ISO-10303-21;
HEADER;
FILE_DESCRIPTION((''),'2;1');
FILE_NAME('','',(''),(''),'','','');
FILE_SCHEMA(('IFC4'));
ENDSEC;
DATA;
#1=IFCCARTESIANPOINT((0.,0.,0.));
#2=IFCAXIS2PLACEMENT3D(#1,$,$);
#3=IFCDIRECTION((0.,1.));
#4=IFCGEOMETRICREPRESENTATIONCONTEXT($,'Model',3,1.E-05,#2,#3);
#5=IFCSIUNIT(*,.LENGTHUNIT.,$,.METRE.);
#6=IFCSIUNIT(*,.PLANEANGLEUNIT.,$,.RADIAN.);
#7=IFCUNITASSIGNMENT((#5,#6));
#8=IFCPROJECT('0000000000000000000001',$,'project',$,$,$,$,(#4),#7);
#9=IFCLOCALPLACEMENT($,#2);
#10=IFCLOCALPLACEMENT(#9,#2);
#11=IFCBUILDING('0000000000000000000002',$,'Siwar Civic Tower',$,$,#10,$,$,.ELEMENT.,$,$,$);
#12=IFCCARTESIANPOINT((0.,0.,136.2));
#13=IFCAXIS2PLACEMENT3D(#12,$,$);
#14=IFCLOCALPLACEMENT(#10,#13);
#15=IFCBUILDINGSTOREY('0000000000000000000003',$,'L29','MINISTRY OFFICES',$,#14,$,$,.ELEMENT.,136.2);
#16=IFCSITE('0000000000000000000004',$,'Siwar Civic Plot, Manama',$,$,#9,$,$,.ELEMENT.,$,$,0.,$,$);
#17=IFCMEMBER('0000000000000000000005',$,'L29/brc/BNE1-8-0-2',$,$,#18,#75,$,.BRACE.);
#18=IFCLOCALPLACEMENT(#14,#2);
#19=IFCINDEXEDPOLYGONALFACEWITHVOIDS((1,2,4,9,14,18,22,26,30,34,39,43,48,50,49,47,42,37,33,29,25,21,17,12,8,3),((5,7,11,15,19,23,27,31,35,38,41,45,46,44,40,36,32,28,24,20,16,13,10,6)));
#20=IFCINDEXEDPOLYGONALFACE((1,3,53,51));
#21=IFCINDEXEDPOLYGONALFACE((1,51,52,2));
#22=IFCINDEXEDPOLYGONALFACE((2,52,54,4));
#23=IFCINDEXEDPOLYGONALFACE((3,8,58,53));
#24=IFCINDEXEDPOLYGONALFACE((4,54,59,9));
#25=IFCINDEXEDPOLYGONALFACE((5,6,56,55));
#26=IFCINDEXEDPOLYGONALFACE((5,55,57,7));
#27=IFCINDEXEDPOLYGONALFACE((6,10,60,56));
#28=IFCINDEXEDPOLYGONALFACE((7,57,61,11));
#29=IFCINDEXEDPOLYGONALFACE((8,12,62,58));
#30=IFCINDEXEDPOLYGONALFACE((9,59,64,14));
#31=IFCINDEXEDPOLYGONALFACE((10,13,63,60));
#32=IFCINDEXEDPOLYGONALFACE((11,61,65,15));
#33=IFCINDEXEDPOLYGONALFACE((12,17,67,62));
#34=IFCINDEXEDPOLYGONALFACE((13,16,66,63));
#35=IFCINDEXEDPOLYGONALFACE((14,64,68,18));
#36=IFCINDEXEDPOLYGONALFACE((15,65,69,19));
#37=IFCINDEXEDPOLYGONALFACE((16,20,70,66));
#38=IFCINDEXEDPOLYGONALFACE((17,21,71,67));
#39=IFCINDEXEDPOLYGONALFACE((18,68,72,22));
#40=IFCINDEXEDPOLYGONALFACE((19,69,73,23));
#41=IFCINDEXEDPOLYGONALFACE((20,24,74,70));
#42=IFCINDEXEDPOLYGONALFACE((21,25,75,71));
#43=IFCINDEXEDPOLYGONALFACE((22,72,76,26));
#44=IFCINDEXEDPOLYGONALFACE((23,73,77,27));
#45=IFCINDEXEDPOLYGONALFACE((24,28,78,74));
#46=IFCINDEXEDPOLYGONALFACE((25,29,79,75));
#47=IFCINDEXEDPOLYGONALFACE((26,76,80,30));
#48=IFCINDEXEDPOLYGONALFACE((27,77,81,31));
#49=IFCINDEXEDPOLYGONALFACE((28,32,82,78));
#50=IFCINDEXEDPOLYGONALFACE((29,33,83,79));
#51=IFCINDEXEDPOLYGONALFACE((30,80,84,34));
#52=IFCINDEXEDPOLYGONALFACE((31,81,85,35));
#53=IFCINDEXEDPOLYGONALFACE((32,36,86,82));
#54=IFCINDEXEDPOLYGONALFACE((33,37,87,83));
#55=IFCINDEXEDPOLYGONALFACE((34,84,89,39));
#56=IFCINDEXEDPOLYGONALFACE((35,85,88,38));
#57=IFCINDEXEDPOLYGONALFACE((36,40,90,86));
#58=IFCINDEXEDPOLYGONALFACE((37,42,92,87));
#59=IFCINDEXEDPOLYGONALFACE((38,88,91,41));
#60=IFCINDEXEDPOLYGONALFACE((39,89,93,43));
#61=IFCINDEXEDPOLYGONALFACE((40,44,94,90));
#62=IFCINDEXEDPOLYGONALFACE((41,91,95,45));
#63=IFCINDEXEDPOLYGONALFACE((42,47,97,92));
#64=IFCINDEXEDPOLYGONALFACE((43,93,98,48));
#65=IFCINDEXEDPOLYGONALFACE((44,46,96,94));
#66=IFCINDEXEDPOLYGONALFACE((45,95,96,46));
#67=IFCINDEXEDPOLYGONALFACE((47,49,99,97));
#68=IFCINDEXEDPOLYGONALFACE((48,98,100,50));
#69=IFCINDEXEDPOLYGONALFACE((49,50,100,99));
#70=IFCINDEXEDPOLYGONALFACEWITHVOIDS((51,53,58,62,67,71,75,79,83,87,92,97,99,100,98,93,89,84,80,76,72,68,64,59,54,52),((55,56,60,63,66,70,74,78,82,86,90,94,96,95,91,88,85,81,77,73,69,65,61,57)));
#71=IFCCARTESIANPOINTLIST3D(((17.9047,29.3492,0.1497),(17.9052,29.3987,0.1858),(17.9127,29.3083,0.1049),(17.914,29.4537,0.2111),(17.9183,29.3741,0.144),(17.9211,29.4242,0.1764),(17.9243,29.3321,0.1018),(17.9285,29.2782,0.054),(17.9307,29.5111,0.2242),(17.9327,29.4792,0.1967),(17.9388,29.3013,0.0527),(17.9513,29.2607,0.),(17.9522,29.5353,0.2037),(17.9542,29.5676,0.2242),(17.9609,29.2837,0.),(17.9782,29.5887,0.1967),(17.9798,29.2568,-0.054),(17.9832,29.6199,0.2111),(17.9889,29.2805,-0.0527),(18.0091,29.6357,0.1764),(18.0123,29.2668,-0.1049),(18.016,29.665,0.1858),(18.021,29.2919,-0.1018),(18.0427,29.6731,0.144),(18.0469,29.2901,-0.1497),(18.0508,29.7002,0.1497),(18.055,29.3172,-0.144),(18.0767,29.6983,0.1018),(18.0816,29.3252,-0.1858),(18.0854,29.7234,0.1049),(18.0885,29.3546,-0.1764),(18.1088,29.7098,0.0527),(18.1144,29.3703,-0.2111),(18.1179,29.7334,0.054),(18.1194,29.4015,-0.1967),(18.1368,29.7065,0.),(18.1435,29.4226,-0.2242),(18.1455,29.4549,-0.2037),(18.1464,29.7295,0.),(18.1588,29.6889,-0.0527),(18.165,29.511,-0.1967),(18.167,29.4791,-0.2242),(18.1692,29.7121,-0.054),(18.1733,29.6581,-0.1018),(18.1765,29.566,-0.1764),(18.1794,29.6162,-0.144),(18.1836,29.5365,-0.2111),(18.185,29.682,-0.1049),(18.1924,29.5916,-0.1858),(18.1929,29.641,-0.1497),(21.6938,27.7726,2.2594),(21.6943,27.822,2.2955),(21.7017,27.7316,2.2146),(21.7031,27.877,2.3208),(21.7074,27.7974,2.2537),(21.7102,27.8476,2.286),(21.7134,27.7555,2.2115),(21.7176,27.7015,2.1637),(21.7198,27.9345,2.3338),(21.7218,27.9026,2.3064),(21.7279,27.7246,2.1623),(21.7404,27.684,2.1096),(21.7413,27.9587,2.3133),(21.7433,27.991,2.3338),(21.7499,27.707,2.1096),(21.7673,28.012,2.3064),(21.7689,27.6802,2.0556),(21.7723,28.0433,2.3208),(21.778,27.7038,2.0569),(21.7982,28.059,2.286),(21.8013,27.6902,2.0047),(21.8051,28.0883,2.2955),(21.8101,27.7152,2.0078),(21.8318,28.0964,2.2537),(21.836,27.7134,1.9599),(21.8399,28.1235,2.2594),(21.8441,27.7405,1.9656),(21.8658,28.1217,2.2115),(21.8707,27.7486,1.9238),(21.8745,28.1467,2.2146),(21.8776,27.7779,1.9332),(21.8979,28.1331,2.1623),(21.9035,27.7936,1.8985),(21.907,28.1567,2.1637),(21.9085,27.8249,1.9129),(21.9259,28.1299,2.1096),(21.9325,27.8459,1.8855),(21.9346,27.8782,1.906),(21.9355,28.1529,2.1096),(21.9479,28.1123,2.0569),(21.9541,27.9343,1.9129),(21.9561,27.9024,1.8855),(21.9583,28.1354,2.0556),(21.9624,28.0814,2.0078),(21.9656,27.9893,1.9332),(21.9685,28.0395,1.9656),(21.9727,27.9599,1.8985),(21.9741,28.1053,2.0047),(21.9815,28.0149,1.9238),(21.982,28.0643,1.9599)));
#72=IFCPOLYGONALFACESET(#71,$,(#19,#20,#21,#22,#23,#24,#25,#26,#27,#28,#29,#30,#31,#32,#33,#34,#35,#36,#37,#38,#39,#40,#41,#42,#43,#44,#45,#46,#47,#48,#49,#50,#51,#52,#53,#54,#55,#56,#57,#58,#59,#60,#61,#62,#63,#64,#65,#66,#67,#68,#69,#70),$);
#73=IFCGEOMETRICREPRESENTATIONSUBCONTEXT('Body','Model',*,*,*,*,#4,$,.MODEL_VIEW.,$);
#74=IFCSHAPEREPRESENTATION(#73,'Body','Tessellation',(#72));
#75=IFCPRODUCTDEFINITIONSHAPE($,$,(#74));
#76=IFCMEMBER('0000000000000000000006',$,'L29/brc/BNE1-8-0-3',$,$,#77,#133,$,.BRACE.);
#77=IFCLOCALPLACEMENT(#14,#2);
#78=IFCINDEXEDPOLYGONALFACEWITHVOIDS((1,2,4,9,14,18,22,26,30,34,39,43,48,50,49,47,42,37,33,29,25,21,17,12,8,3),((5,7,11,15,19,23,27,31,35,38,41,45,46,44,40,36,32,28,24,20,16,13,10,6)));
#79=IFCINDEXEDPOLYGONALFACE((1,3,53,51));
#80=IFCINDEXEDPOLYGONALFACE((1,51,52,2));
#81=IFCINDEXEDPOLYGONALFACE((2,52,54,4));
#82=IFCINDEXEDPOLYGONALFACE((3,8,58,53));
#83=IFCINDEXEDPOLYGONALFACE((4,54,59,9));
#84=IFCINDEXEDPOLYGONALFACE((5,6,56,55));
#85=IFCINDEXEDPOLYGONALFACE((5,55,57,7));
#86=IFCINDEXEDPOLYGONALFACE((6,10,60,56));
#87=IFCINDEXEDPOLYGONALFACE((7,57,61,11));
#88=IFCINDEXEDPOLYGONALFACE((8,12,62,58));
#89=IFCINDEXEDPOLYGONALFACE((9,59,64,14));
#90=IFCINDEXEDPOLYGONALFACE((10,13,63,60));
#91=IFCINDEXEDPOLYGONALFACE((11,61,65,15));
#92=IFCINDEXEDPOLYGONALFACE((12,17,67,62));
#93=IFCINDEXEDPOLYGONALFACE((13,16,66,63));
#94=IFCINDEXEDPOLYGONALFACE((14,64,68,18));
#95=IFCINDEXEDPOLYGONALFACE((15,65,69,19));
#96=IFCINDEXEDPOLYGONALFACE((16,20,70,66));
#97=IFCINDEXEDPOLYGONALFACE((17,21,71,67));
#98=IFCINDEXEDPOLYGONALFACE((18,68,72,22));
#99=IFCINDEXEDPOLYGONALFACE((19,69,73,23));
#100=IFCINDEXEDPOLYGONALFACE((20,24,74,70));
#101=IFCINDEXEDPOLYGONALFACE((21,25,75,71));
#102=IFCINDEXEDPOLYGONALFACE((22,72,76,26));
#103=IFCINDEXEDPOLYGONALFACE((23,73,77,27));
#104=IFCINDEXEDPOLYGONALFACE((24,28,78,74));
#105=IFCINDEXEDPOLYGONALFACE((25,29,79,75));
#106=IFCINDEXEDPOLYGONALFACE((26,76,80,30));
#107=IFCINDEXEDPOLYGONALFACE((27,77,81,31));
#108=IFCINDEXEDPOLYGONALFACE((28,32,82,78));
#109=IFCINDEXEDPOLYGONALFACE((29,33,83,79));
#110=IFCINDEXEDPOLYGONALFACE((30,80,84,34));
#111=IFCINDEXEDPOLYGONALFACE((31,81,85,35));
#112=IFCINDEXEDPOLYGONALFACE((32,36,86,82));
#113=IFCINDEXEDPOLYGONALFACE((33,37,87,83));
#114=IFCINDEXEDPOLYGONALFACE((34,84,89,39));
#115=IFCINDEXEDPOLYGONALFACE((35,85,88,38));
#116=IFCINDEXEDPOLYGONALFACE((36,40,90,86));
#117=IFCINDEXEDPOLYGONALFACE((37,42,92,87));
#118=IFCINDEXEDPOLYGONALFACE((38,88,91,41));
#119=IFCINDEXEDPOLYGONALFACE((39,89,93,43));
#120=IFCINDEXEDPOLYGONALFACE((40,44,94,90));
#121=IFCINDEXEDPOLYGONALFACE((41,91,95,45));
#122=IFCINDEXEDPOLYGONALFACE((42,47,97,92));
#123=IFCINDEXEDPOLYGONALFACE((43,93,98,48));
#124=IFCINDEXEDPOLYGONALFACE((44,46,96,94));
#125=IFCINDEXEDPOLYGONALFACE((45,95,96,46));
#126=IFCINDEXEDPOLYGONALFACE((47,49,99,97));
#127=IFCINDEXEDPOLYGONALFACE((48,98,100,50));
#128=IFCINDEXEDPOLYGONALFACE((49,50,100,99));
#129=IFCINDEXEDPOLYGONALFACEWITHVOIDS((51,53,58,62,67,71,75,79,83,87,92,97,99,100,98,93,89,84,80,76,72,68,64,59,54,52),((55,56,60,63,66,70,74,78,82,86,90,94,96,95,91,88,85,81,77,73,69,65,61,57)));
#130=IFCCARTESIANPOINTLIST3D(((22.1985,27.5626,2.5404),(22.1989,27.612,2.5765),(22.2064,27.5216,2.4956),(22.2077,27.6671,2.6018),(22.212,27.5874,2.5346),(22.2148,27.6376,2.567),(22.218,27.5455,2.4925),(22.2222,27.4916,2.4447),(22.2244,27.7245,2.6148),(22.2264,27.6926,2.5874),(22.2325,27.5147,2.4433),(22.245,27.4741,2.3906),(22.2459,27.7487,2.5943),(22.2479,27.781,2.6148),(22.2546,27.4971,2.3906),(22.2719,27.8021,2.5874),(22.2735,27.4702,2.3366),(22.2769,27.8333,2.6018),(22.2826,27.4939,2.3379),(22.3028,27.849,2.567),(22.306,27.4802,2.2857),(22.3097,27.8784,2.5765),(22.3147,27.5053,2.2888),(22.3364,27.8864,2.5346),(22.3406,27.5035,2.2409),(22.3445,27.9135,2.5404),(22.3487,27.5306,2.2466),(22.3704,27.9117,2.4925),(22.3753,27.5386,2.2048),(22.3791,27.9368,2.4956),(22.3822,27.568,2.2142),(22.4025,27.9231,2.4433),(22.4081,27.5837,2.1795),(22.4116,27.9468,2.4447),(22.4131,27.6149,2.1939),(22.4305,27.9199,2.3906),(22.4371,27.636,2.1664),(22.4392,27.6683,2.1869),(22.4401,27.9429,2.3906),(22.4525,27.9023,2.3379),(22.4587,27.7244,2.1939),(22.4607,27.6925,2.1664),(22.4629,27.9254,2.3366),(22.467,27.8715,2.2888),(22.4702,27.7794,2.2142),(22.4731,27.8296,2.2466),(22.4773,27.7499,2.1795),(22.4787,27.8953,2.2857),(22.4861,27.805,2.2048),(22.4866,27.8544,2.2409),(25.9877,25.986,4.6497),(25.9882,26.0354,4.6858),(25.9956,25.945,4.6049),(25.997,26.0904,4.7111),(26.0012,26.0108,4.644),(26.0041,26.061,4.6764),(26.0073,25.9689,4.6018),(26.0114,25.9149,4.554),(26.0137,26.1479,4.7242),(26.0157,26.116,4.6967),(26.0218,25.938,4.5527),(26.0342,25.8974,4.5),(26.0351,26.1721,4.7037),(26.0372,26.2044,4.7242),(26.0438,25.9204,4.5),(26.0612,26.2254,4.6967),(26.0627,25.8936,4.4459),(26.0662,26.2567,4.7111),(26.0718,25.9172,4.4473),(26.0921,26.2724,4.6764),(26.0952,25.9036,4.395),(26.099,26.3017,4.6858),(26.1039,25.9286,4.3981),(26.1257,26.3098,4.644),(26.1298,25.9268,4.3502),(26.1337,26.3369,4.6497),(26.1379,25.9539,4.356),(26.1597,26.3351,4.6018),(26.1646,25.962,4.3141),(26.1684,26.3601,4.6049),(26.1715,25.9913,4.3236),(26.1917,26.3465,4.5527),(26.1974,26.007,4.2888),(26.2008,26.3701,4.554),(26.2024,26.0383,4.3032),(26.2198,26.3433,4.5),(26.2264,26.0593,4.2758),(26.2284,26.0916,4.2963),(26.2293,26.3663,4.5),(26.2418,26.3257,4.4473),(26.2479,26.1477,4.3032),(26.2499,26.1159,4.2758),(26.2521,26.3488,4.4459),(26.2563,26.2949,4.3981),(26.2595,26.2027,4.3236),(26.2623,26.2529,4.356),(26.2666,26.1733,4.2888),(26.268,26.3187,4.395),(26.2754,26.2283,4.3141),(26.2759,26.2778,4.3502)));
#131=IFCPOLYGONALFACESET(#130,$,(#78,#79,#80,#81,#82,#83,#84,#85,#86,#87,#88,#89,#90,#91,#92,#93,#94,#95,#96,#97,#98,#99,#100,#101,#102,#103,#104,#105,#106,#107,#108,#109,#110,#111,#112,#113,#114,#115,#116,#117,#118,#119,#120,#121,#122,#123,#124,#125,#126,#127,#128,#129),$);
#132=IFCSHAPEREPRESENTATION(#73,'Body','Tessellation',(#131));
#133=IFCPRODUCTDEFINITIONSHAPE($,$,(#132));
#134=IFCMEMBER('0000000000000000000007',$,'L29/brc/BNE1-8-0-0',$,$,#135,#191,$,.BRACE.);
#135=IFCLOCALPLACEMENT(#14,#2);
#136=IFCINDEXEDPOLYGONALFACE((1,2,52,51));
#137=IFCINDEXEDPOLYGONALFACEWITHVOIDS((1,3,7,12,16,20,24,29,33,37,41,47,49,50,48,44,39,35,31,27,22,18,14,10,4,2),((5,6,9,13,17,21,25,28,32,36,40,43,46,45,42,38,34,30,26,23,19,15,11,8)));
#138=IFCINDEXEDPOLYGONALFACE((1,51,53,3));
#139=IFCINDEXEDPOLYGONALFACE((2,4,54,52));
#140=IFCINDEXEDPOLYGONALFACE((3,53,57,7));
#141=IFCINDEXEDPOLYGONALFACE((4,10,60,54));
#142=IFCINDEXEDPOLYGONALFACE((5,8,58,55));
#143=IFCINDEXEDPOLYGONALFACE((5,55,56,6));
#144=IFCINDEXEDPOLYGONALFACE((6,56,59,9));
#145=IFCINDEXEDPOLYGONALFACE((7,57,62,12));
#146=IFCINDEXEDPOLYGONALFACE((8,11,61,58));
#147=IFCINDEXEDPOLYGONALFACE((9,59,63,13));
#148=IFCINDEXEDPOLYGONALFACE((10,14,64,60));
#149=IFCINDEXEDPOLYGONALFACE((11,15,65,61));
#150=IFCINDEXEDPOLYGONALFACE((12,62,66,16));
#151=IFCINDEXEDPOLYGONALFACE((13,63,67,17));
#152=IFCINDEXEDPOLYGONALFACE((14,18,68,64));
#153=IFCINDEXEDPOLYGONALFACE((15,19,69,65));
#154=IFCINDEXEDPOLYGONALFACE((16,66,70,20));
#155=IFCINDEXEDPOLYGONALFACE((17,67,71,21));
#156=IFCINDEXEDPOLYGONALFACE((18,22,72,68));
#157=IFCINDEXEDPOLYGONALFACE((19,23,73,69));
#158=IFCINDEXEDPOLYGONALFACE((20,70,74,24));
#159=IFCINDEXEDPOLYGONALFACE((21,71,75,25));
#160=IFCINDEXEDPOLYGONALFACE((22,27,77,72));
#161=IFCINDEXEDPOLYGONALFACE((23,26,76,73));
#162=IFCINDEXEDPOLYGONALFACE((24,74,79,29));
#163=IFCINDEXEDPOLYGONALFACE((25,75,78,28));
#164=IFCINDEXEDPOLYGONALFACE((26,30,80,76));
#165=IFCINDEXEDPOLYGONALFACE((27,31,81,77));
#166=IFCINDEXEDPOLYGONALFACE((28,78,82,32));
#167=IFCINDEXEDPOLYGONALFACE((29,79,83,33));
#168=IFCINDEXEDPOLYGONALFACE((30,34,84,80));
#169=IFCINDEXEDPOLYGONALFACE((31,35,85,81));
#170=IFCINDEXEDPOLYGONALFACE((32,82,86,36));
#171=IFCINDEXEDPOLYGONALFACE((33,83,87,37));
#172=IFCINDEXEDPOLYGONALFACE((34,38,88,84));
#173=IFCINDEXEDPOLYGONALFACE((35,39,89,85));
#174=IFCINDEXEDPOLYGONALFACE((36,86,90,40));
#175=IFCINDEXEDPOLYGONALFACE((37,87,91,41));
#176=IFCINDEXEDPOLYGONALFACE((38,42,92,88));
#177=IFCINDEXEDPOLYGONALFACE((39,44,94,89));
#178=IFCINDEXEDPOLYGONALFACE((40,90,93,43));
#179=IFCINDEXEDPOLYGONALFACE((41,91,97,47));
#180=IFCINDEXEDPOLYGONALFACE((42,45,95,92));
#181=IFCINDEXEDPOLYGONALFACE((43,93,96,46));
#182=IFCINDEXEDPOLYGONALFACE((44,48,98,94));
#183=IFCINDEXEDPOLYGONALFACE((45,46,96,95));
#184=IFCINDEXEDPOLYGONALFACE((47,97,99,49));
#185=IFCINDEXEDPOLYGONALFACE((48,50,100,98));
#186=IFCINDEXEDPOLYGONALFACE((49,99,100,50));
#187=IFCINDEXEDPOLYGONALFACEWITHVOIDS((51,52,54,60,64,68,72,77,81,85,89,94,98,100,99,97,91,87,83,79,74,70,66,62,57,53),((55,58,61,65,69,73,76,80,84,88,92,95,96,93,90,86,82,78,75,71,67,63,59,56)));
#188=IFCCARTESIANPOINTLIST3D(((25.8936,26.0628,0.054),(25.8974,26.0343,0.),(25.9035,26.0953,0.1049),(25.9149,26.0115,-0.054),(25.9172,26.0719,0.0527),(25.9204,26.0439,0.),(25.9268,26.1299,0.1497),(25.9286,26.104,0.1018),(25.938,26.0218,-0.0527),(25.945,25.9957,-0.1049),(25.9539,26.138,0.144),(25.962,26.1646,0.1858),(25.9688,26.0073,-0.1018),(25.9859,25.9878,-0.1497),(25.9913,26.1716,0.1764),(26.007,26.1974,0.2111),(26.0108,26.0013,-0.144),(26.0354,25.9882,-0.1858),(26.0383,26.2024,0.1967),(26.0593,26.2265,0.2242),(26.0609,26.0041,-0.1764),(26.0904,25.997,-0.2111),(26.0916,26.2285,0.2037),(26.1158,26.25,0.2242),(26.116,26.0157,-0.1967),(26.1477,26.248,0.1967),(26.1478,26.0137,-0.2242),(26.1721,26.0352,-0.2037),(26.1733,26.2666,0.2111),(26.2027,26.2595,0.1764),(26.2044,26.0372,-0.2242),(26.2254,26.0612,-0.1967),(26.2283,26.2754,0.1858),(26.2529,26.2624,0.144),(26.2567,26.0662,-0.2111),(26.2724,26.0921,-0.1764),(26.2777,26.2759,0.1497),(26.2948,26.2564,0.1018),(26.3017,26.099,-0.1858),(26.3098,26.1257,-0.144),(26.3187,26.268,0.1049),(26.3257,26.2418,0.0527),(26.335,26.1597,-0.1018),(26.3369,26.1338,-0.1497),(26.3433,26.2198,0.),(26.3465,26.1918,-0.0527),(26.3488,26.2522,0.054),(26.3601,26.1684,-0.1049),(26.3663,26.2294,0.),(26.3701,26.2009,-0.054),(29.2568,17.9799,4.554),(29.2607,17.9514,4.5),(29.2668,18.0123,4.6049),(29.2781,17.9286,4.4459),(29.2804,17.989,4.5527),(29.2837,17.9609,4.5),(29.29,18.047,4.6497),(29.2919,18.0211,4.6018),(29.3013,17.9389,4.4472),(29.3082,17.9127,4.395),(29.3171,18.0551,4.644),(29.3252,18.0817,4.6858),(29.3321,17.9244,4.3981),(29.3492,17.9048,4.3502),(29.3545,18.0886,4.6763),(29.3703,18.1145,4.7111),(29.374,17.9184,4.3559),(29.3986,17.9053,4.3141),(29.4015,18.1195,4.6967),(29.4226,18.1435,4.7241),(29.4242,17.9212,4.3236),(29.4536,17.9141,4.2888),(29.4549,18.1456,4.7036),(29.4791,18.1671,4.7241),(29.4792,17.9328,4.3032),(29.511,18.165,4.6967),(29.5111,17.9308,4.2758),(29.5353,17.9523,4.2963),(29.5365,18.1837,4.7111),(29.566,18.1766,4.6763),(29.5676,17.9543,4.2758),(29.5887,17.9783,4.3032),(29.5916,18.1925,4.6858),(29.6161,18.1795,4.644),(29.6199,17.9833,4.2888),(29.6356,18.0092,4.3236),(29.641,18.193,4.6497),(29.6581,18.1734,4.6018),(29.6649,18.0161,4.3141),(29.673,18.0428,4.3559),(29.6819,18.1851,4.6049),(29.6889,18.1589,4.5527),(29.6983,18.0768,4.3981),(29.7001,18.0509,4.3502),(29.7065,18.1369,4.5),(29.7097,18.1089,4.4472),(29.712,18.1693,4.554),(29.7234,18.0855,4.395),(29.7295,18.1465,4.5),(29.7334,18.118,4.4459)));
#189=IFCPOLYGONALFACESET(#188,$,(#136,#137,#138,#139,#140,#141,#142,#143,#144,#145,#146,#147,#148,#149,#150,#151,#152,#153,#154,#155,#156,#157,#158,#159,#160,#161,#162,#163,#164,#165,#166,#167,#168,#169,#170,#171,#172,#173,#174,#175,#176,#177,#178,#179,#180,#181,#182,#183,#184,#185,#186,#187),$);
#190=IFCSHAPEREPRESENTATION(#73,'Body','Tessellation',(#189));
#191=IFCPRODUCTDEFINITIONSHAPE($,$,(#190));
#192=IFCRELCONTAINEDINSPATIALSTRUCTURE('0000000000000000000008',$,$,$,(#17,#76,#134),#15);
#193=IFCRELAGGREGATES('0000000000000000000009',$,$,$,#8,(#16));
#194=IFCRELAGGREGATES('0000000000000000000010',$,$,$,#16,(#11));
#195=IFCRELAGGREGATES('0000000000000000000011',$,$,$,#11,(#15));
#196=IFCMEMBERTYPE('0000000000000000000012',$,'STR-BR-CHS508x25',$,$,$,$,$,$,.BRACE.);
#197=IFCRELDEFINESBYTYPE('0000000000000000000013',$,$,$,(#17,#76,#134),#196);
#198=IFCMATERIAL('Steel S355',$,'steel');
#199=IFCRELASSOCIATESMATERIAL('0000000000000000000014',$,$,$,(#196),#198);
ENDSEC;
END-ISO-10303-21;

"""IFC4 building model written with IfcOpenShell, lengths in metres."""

from ifc_helpers import new_model, si_unit, direction, frame, origin, origin_2d, place, context, subcontext, project, spatial, hollow_circle, extrude, material, material_profile, profile_set, type_object, element, save


model = new_model("IFC4")

# Units and contexts
model_context = context("Model", 3, precision=1e-05, world=origin(), true_north=direction((0.0, 1.0)))
body_context = subcontext(model_context, "Body", "Model", "MODEL_VIEW")
ifc_project = project(units=[si_unit("LENGTHUNIT", "METRE"), si_unit("PLANEANGLEUNIT", "RADIAN")], contexts=[model_context])

# Site, building, storey
site_placement = place(None, origin())
site = spatial("IfcSite", under=ifc_project, at=site_placement, Name="Siwar Civic Plot, Manama", CompositionType="ELEMENT", RefElevation=0.0)
building_placement = place(site_placement, origin())
building = spatial("IfcBuilding", under=site, at=building_placement, Name="Siwar Civic Tower", CompositionType="ELEMENT")
storey_placement = place(building_placement, frame((0.0, 0.0, 136.2)))
storey = spatial("IfcBuildingStorey", under=building, at=storey_placement, Name="L29", Description="MINISTRY OFFICES", CompositionType="ELEMENT", Elevation=136.2)

# Members
ifc_material_1 = material(Name="Steel S355", Category="steel")
ifc_material_profile_1 = material_profile(ifc_material_1, hollow_circle(Radius=0.2539, WallThickness=0.0249, at=origin_2d()), Name="CHS508x25")
ifc_profile_set_1 = profile_set([ifc_material_profile_1], Name="Steel S355")
member_type_1 = type_object("IfcMemberType", Name="STR-BR-CHS508x25", PredefinedType="BRACE", material=ifc_profile_set_1)
for number, where, z_axis, x_axis, name in (
    (1, (18.0488, 29.4951, 0.0), (0.821126, -0.341677, 0.457175), (0.384176, 0.92326, 0.0), "L29/brc/BNE1-8-0-2"),
    (2, (22.3425, 27.7085, 2.3906), (0.821163, -0.341671, 0.457113), (0.384155, 0.923269, 0.0), "L29/brc/BNE1-8-0-3"),
):
    element("IfcMember", number, at=place(storey_placement, frame(where, z_axis=z_axis, x_axis=x_axis)), inside=storey, type_object=member_type_1, Name=name, PredefinedType="BRACE", context=body_context, shape_type="SweptSolid", body=[
        extrude(hollow_circle(Radius=0.2539, WallThickness=0.0249, at=origin_2d()), origin(), (0.0, 0.0, 1.0), 4.6145),
    ])
member_1_placement = place(storey_placement, frame((26.1318, 26.1318, 0.0), z_axis=(0.341671, -0.821143, 0.457149), x_axis=(0.923265, 0.384164, 0.0)))
element("IfcMember", 3, at=member_1_placement, inside=storey, type_object=member_type_1, Name="L29/brc/BNE1-8-0-0", PredefinedType="BRACE", context=body_context, shape_type="SweptSolid", body=[
    extrude(hollow_circle(Radius=0.2539, WallThickness=0.0249, at=origin_2d()), origin(), (0.0, 0.0, 1.0), 9.8435),
])

save(model, "model.ifc")
